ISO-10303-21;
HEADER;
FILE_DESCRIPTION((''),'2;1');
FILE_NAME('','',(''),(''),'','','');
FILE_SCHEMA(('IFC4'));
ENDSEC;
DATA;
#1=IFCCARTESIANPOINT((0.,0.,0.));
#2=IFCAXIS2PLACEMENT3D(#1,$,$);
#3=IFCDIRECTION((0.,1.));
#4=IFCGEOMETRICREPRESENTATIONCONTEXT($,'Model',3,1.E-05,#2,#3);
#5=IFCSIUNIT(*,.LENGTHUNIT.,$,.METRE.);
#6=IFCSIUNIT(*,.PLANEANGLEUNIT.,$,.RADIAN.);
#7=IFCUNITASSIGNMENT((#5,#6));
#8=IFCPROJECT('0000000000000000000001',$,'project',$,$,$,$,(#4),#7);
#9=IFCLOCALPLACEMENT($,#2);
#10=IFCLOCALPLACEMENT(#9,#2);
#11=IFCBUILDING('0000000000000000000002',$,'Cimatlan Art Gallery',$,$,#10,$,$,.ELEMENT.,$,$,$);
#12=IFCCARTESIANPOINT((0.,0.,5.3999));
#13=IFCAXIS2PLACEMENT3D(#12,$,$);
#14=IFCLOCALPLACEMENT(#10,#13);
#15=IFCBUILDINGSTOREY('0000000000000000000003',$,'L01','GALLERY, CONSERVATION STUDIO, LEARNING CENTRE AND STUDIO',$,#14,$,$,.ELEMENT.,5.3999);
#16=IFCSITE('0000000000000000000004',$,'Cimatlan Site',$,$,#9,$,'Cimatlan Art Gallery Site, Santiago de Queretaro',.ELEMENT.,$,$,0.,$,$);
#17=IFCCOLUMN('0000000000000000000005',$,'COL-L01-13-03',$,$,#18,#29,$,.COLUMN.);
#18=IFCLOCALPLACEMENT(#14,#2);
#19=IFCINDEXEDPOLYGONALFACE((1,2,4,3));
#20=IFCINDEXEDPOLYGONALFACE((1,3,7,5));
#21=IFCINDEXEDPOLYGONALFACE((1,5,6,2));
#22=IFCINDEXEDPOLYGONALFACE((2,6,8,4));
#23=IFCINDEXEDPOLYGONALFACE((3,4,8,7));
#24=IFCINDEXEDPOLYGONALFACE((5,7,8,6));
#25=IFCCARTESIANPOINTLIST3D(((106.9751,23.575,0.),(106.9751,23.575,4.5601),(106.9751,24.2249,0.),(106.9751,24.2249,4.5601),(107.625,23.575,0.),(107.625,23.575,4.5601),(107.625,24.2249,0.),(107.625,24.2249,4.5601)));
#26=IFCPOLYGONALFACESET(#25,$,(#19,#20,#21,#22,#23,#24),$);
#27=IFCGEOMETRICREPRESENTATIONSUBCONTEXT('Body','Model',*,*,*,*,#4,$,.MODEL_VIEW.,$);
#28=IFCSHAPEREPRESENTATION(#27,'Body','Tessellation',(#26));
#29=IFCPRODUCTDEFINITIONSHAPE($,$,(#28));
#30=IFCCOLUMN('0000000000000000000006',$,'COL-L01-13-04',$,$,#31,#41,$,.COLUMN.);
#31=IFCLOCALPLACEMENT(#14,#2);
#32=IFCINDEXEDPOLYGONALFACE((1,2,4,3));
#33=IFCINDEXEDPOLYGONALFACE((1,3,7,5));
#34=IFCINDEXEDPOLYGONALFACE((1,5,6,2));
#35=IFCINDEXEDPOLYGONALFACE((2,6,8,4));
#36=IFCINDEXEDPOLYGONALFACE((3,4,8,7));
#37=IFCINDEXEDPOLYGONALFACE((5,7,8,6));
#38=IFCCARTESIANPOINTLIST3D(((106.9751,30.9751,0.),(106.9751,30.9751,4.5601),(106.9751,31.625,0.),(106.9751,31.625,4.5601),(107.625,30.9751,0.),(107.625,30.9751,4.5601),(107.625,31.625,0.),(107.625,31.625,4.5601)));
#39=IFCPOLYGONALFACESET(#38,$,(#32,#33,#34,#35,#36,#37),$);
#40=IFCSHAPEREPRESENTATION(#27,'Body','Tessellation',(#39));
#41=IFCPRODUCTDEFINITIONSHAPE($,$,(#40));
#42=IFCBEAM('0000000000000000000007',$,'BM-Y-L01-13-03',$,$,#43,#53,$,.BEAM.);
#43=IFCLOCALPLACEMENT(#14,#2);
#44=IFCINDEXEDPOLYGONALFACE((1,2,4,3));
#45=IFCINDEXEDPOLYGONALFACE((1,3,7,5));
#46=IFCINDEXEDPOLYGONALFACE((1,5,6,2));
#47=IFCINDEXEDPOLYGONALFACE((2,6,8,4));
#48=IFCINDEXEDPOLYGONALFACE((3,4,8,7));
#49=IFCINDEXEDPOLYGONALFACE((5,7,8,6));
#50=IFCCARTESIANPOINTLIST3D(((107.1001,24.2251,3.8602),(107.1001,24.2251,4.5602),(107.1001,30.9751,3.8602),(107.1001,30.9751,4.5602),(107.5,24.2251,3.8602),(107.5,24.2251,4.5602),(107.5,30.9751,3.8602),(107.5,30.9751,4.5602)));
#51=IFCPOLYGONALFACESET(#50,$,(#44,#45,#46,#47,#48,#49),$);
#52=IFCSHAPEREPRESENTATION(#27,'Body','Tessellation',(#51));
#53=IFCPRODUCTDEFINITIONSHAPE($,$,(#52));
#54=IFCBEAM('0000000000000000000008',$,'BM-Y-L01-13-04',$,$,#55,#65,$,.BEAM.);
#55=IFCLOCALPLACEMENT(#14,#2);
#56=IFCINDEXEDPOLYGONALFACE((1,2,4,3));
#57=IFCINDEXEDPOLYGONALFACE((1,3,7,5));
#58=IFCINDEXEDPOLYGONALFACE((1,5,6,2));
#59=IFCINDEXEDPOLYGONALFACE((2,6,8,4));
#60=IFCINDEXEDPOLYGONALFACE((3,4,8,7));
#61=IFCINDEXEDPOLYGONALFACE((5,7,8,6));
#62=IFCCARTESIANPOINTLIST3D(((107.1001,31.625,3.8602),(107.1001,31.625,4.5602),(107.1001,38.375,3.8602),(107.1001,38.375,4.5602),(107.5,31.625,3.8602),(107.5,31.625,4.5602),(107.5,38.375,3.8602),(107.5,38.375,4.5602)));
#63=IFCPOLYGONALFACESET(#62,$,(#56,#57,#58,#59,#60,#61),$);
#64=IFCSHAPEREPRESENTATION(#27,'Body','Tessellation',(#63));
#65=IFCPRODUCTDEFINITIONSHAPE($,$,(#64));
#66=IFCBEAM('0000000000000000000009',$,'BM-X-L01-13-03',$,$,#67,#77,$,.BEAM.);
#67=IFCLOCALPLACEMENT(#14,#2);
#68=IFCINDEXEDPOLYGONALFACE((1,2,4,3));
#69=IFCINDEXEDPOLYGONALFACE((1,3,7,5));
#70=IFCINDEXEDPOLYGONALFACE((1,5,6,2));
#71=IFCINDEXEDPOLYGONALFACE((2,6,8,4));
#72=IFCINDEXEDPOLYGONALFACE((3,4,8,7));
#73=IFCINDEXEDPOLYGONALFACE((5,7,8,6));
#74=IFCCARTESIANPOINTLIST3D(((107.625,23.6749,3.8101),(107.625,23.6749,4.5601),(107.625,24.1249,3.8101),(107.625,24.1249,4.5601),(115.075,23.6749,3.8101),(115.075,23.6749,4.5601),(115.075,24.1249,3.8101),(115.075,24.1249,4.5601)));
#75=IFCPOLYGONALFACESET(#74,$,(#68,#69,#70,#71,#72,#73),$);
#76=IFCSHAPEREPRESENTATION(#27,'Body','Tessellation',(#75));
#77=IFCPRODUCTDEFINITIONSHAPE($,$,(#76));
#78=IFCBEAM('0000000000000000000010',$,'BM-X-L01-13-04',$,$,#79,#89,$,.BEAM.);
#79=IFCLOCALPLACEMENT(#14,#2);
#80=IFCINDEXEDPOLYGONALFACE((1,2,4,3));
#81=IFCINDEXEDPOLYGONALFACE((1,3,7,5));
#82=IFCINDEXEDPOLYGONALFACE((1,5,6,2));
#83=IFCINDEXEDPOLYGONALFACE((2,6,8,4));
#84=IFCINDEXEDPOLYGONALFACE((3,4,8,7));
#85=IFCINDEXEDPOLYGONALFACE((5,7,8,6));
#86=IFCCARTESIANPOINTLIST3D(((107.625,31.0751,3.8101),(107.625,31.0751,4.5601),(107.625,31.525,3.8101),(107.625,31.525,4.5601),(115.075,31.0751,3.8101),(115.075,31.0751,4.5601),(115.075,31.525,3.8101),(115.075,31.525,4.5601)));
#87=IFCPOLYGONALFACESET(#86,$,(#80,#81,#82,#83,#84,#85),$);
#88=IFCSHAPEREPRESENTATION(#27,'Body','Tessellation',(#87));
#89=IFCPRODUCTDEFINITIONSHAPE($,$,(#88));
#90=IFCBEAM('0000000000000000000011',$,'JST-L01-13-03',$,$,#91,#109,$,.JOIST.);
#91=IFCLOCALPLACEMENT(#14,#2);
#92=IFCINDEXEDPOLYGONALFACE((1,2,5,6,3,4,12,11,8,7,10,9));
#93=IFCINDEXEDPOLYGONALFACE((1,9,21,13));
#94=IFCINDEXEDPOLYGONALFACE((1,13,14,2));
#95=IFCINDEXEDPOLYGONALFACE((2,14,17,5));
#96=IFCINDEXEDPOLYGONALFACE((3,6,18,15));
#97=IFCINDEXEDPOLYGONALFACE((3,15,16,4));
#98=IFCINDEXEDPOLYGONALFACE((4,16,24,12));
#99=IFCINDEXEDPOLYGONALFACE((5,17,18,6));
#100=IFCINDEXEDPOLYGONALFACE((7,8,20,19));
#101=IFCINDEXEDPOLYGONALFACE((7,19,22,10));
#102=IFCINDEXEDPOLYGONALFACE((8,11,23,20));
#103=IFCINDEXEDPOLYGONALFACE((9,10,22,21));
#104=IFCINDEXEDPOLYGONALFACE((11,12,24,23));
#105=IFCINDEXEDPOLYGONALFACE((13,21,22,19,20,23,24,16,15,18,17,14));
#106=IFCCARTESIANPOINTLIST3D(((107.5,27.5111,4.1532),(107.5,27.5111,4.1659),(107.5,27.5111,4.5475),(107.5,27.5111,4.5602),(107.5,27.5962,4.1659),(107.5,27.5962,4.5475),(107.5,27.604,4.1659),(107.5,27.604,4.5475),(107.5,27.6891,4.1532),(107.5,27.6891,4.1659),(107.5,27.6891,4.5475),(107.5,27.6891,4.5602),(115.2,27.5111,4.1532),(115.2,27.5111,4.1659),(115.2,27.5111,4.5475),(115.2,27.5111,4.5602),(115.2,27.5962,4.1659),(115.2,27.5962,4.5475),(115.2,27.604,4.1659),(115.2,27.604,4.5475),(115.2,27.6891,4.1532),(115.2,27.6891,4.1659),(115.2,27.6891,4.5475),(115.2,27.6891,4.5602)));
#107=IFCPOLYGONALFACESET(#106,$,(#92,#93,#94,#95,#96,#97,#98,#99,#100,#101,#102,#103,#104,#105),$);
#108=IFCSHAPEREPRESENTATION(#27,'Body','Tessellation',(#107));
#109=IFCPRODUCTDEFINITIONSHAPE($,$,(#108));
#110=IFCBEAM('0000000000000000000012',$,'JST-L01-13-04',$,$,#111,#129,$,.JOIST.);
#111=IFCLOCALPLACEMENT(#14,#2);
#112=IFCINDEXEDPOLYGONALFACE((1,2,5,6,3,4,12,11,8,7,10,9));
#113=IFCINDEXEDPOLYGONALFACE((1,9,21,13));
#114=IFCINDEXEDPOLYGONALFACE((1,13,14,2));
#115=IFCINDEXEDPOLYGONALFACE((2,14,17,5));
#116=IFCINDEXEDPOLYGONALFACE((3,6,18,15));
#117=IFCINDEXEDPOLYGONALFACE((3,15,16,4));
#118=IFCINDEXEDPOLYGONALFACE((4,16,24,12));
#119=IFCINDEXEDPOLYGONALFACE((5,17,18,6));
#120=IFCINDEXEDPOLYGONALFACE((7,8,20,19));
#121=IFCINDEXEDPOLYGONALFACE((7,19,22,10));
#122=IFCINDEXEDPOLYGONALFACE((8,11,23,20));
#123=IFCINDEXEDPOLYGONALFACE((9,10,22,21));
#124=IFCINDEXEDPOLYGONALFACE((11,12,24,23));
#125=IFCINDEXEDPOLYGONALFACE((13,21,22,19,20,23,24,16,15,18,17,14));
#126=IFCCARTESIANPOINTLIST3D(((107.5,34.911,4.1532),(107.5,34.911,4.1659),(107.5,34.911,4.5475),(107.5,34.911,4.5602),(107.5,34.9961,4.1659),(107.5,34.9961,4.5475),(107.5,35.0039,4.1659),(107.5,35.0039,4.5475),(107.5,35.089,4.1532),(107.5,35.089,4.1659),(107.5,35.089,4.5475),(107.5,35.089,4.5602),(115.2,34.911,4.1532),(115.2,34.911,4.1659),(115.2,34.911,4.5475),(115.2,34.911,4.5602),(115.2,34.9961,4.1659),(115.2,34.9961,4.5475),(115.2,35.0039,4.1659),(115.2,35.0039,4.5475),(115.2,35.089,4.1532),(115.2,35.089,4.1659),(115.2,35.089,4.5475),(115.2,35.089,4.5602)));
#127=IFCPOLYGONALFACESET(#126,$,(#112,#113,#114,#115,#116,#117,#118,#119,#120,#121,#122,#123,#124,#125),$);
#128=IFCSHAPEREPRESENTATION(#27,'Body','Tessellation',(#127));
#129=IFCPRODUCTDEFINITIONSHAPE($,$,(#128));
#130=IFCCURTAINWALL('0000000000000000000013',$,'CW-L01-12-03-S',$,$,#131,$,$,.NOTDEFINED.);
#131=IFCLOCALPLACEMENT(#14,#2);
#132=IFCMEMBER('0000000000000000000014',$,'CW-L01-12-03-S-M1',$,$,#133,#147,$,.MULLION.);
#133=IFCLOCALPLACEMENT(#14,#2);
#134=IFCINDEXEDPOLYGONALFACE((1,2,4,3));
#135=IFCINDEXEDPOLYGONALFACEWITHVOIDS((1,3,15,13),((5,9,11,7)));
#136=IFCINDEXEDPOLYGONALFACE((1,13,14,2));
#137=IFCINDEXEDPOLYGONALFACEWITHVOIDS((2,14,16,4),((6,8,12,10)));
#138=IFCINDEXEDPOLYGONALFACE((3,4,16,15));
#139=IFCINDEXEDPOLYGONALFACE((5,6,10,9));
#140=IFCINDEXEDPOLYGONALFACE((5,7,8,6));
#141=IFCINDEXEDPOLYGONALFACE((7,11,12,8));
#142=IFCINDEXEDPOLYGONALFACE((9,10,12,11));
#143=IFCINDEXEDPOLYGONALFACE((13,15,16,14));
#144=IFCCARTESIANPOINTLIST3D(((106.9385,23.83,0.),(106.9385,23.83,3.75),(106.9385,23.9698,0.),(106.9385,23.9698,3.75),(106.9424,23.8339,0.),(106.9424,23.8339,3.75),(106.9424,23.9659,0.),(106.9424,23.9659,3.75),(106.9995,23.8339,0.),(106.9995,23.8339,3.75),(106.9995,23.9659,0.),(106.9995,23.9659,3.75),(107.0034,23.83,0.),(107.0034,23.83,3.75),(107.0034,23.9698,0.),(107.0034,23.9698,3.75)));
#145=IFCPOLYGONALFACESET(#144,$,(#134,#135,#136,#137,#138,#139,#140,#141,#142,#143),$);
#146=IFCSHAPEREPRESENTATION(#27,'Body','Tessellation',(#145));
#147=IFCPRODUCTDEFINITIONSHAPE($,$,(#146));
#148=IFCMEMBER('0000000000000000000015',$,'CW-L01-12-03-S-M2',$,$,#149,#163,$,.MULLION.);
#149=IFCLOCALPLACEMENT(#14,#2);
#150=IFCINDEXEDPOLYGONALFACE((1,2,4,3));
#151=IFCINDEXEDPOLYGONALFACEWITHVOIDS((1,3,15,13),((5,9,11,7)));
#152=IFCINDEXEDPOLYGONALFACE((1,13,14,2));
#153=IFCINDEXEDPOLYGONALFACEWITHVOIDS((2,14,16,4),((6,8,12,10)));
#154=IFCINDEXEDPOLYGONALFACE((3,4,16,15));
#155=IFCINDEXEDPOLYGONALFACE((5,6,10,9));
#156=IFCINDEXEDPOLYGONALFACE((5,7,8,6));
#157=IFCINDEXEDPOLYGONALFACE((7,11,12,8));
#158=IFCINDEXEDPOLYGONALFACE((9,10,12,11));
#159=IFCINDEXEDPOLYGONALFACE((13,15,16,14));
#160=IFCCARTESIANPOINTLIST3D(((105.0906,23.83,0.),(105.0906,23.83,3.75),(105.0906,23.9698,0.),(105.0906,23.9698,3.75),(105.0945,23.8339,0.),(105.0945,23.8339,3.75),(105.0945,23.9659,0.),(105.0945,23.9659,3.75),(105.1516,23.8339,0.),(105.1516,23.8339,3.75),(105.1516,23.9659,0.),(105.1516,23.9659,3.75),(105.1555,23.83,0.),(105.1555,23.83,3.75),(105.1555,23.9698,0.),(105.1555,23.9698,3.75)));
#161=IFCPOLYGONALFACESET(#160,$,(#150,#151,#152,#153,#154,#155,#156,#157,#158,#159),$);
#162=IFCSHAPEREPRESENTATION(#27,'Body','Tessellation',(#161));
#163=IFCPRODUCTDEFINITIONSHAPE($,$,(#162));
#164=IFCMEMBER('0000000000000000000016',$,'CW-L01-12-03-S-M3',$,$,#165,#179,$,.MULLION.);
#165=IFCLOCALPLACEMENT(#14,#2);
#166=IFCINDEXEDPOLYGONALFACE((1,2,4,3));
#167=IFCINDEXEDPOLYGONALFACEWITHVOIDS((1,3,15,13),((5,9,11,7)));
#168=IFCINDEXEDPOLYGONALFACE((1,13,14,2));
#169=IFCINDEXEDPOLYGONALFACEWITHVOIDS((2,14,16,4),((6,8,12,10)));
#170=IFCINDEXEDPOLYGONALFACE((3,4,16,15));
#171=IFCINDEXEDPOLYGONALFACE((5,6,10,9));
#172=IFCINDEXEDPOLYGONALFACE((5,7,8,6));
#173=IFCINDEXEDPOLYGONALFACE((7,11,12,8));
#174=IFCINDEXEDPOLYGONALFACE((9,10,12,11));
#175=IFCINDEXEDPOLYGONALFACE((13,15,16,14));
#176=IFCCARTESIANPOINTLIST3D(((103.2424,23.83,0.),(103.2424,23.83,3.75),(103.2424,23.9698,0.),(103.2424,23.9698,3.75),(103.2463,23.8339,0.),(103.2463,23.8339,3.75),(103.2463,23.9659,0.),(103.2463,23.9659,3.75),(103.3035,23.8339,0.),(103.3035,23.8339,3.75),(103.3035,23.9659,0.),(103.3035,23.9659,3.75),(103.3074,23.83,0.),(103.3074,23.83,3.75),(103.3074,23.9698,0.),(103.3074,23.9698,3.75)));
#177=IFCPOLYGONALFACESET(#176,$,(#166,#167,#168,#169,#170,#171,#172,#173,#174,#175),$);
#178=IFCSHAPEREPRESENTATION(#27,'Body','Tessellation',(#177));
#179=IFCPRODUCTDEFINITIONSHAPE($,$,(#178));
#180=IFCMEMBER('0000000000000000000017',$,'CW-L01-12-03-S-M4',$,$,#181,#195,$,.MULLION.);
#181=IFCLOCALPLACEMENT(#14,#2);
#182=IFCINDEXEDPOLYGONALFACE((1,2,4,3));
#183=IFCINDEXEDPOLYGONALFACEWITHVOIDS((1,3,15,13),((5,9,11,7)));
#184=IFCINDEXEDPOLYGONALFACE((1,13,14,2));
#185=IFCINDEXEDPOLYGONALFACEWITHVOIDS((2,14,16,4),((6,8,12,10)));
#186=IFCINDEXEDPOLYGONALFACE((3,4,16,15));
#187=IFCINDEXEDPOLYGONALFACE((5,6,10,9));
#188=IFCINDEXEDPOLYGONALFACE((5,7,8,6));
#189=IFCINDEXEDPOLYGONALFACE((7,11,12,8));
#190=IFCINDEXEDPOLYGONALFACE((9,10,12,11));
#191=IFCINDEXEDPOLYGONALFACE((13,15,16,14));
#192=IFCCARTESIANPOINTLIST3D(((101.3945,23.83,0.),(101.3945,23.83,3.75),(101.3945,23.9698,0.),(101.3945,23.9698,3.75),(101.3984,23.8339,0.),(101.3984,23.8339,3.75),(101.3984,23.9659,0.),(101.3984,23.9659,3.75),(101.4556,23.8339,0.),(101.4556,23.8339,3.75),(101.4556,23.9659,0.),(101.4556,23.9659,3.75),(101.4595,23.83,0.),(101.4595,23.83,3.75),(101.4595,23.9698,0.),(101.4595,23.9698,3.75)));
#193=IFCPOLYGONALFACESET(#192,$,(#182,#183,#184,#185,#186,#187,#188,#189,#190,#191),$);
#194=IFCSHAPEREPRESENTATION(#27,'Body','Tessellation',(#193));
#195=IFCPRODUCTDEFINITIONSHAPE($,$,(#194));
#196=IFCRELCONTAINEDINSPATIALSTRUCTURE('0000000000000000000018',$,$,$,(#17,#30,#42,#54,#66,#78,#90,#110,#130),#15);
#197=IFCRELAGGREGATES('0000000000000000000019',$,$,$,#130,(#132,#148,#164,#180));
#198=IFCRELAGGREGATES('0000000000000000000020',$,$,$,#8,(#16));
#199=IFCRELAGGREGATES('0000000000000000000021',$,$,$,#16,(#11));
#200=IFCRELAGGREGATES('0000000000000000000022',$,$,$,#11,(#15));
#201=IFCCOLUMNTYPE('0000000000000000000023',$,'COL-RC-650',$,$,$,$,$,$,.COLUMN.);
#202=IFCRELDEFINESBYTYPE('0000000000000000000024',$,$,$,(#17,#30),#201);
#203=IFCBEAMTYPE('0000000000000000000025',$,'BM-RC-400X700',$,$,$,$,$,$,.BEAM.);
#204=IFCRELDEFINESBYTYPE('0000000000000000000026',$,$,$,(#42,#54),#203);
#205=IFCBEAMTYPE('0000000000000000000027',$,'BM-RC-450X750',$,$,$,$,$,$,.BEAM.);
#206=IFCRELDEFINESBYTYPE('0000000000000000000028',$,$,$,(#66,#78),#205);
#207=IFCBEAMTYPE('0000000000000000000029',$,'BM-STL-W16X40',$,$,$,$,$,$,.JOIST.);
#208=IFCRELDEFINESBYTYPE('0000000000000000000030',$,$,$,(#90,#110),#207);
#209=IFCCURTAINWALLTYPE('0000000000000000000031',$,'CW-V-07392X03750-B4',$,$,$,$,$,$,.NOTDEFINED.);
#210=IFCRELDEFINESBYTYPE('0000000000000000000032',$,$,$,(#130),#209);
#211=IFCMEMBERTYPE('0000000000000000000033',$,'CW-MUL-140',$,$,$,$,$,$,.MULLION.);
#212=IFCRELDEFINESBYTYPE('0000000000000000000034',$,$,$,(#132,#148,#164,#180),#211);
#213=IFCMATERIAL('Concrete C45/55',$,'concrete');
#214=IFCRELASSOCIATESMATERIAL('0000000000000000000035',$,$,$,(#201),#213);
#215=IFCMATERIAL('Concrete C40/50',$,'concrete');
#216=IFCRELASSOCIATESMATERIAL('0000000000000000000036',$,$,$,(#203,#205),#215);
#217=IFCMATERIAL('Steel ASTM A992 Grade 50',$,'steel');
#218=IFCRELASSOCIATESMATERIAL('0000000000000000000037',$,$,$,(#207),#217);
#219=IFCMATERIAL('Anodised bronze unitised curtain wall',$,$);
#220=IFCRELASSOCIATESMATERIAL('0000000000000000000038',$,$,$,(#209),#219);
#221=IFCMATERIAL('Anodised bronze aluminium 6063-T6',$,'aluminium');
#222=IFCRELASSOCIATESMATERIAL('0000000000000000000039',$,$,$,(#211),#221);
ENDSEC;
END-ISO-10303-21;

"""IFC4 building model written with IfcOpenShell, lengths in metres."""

from ifc_helpers import new_model, si_unit, direction, frame, origin, origin_2d, place, context, subcontext, project, spatial, rectangle, hollow_rectangle, i_section, extrude, material, material_profile, profile_set, type_object, element, aggregate, save


model = new_model("IFC4")

# Units and contexts
model_context = context("Model", 3, precision=1e-05, world=origin(), true_north=direction((0.0, 1.0)))
body_context = subcontext(model_context, "Body", "Model", "MODEL_VIEW")
ifc_project = project(units=[si_unit("LENGTHUNIT", "METRE"), si_unit("PLANEANGLEUNIT", "RADIAN")], contexts=[model_context])

# Site, building, storey
site_placement = place(None, origin())
site = spatial("IfcSite", under=ifc_project, at=site_placement, Name="Cimatlan Site", LongName="Cimatlan Art Gallery Site, Santiago de Queretaro", CompositionType="ELEMENT", RefElevation=0.0)
building_placement = place(site_placement, origin())
building = spatial("IfcBuilding", under=site, at=building_placement, Name="Cimatlan Art Gallery", CompositionType="ELEMENT")
storey_placement = place(building_placement, frame((0.0, 0.0, 5.3999)))
storey = spatial("IfcBuildingStorey", under=building, at=storey_placement, Name="L01", Description="GALLERY, CONSERVATION STUDIO, LEARNING CENTRE AND STUDIO", CompositionType="ELEMENT", Elevation=5.3999)

# Columns
ifc_material_1 = material(Name="Concrete C45/55", Category="concrete")
ifc_material_profile_1 = material_profile(ifc_material_1, rectangle(XDim=0.6499, YDim=0.6499, at=origin_2d()), Name="RC650X650")
ifc_profile_set_1 = profile_set([ifc_material_profile_1], Name="Concrete C45/55")
column_type = type_object("IfcColumnType", Name="COL-RC-650", PredefinedType="COLUMN", material=ifc_profile_set_1)
for number, where, z_axis, x_axis, name in (
    (1, (107.3, 23.8999, 0.0), (0.0, 0.0, 1.0), (1.0, 0.0, 0.0), "COL-L01-13-03"),
    (2, (107.3, 31.3, 0.0), (0.0, 0.0, 1.0), (1.0, 0.0, 0.0), "COL-L01-13-04"),
):
    element("IfcColumn", number, at=place(storey_placement, frame(where, z_axis=z_axis, x_axis=x_axis)), inside=storey, type_object=column_type, Name=name, PredefinedType="COLUMN", context=body_context, shape_type="SweptSolid", body=[
        extrude(rectangle(XDim=0.6499, YDim=0.6499, at=origin_2d()), origin(), (0.0, 0.0, 1.0), 4.5601),
    ])

# Beams
ifc_material_2 = material(Name="Concrete C40/50", Category="concrete")
ifc_material_profile_2 = material_profile(ifc_material_2, rectangle(XDim=0.3999, YDim=0.7, at=origin_2d()), Name="RC400X700")
ifc_profile_set_2 = profile_set([ifc_material_profile_2], Name="Concrete C40/50")
beam_type_1 = type_object("IfcBeamType", Name="BM-RC-400X700", PredefinedType="BEAM", material=ifc_profile_set_2)
for number, where, z_axis, x_axis, name in (
    (3, (107.3, 24.2251, 4.2102), (0.0, 1.0, 0.0), (-1.0, 0.0, 0.0), "BM-Y-L01-13-03"),
    (4, (107.3, 31.625, 4.2102), (0.0, 1.0, 0.0), (-1.0, 0.0, 0.0), "BM-Y-L01-13-04"),
):
    element("IfcBeam", number, at=place(storey_placement, frame(where, z_axis=z_axis, x_axis=x_axis)), inside=storey, type_object=beam_type_1, Name=name, PredefinedType="BEAM", context=body_context, shape_type="SweptSolid", body=[
        extrude(rectangle(XDim=0.3999, YDim=0.7, at=origin_2d()), origin(), (0.0, 0.0, 1.0), 6.75),
    ])
ifc_material_profile_3 = material_profile(ifc_material_2, rectangle(XDim=0.45, YDim=0.75, at=origin_2d()), Name="RC450X750")
ifc_profile_set_3 = profile_set([ifc_material_profile_3], Name="Concrete C40/50")
beam_type_2 = type_object("IfcBeamType", Name="BM-RC-450X750", PredefinedType="BEAM", material=ifc_profile_set_3)
for number, where, z_axis, x_axis, name in (
    (5, (107.625, 23.8999, 4.1851), (1.0, 0.0, 0.0), (0.0, 1.0, 0.0), "BM-X-L01-13-03"),
    (6, (107.625, 31.3, 4.1851), (1.0, 0.0, 0.0), (0.0, 1.0, 0.0), "BM-X-L01-13-04"),
):
    element("IfcBeam", number, at=place(storey_placement, frame(where, z_axis=z_axis, x_axis=x_axis)), inside=storey, type_object=beam_type_2, Name=name, PredefinedType="BEAM", context=body_context, shape_type="SweptSolid", body=[
        extrude(rectangle(XDim=0.45, YDim=0.75, at=origin_2d()), origin(), (0.0, 0.0, 1.0), 7.45),
    ])
ifc_material_3 = material(Name="Steel ASTM A992 Grade 50", Category="steel")
ifc_material_profile_4 = material_profile(ifc_material_3, i_section(OverallWidth=0.178, OverallDepth=0.407, WebThickness=0.0078, FlangeThickness=0.0127, at=origin_2d()), Name="W16X40")
ifc_profile_set_4 = profile_set([ifc_material_profile_4], Name="Steel ASTM A992 Grade 50")
beam_type_3 = type_object("IfcBeamType", Name="BM-STL-W16X40", PredefinedType="JOIST", material=ifc_profile_set_4)
for number, where, z_axis, x_axis, name in (
    (7, (107.5, 27.6001, 4.3567), (1.0, 0.0, 0.0), (0.0, 1.0, 0.0), "JST-L01-13-03"),
    (8, (107.5, 35.0, 4.3567), (1.0, 0.0, 0.0), (0.0, 1.0, 0.0), "JST-L01-13-04"),
):
    element("IfcBeam", number, at=place(storey_placement, frame(where, z_axis=z_axis, x_axis=x_axis)), inside=storey, type_object=beam_type_3, Name=name, PredefinedType="JOIST", context=body_context, shape_type="SweptSolid", body=[
        extrude(i_section(OverallWidth=0.178, OverallDepth=0.407, WebThickness=0.0078, FlangeThickness=0.0127, at=origin_2d()), origin(), (0.0, 0.0, 1.0), 7.7),
    ])

# Curtain wall, members
ifc_material_4 = material(Name="Anodised bronze unitised curtain wall")
curtain_wall_type_1 = type_object("IfcCurtainWallType", Name="CW-V-07392X03750-B4", PredefinedType="NOTDEFINED", material=ifc_material_4)
curtain_wall_1_placement = place(storey_placement, origin())
curtain_wall_1 = element("IfcCurtainWall", 9, at=curtain_wall_1_placement, inside=storey, type_object=curtain_wall_type_1, Name="CW-L01-12-03-S", PredefinedType="NOTDEFINED")
ifc_material_5 = material(Name="Anodised bronze aluminium 6063-T6", Category="aluminium")
ifc_material_profile_5 = material_profile(ifc_material_5, hollow_rectangle(XDim=0.0649, YDim=0.1399, WallThickness=0.0039, at=origin_2d()), Name="ALU65X140X4")
ifc_profile_set_5 = profile_set([ifc_material_profile_5], Name="Anodised bronze aluminium 6063-T6")
member_type_1 = type_object("IfcMemberType", Name="CW-MUL-140", PredefinedType="MULLION", material=ifc_profile_set_5)
member_1_placement = place(storey_placement, frame((106.9709, 23.8999, 0.0), z_axis=(0.0, 0.0, 1.0), x_axis=(1.0, 0.0, 0.0)))
member_1 = element("IfcMember", 10, at=member_1_placement, type_object=member_type_1, Name="CW-L01-12-03-S-M1", PredefinedType="MULLION", context=body_context, shape_type="SweptSolid", body=[
    extrude(hollow_rectangle(XDim=0.0649, YDim=0.1399, WallThickness=0.0039, at=origin_2d()), origin(), (0.0, 0.0, 1.0), 3.75),
])
member_2_placement = place(storey_placement, frame((105.123, 23.8999, 0.0), z_axis=(0.0, 0.0, 1.0), x_axis=(1.0, 0.0, 0.0)))
member_2 = element("IfcMember", 11, at=member_2_placement, type_object=member_type_1, Name="CW-L01-12-03-S-M2", PredefinedType="MULLION", context=body_context, shape_type="SweptSolid", body=[
    extrude(hollow_rectangle(XDim=0.0649, YDim=0.1399, WallThickness=0.0039, at=origin_2d()), origin(), (0.0, 0.0, 1.0), 3.75),
])
member_3_placement = place(storey_placement, frame((103.2749, 23.8999, 0.0), z_axis=(0.0, 0.0, 1.0), x_axis=(1.0, 0.0, 0.0)))
member_3 = element("IfcMember", 12, at=member_3_placement, type_object=member_type_1, Name="CW-L01-12-03-S-M3", PredefinedType="MULLION", context=body_context, shape_type="SweptSolid", body=[
    extrude(hollow_rectangle(XDim=0.0649, YDim=0.1399, WallThickness=0.0039, at=origin_2d()), origin(), (0.0, 0.0, 1.0), 3.75),
])
member_4_placement = place(storey_placement, frame((101.427, 23.8999, 0.0), z_axis=(0.0, 0.0, 1.0), x_axis=(1.0, 0.0, 0.0)))
member_4 = element("IfcMember", 13, at=member_4_placement, type_object=member_type_1, Name="CW-L01-12-03-S-M4", PredefinedType="MULLION", context=body_context, shape_type="SweptSolid", body=[
    extrude(hollow_rectangle(XDim=0.0649, YDim=0.1399, WallThickness=0.0039, at=origin_2d()), origin(), (0.0, 0.0, 1.0), 3.75),
])

aggregate(curtain_wall_1, [member_1, member_2, member_3, member_4])

save(model, "model.ifc")
